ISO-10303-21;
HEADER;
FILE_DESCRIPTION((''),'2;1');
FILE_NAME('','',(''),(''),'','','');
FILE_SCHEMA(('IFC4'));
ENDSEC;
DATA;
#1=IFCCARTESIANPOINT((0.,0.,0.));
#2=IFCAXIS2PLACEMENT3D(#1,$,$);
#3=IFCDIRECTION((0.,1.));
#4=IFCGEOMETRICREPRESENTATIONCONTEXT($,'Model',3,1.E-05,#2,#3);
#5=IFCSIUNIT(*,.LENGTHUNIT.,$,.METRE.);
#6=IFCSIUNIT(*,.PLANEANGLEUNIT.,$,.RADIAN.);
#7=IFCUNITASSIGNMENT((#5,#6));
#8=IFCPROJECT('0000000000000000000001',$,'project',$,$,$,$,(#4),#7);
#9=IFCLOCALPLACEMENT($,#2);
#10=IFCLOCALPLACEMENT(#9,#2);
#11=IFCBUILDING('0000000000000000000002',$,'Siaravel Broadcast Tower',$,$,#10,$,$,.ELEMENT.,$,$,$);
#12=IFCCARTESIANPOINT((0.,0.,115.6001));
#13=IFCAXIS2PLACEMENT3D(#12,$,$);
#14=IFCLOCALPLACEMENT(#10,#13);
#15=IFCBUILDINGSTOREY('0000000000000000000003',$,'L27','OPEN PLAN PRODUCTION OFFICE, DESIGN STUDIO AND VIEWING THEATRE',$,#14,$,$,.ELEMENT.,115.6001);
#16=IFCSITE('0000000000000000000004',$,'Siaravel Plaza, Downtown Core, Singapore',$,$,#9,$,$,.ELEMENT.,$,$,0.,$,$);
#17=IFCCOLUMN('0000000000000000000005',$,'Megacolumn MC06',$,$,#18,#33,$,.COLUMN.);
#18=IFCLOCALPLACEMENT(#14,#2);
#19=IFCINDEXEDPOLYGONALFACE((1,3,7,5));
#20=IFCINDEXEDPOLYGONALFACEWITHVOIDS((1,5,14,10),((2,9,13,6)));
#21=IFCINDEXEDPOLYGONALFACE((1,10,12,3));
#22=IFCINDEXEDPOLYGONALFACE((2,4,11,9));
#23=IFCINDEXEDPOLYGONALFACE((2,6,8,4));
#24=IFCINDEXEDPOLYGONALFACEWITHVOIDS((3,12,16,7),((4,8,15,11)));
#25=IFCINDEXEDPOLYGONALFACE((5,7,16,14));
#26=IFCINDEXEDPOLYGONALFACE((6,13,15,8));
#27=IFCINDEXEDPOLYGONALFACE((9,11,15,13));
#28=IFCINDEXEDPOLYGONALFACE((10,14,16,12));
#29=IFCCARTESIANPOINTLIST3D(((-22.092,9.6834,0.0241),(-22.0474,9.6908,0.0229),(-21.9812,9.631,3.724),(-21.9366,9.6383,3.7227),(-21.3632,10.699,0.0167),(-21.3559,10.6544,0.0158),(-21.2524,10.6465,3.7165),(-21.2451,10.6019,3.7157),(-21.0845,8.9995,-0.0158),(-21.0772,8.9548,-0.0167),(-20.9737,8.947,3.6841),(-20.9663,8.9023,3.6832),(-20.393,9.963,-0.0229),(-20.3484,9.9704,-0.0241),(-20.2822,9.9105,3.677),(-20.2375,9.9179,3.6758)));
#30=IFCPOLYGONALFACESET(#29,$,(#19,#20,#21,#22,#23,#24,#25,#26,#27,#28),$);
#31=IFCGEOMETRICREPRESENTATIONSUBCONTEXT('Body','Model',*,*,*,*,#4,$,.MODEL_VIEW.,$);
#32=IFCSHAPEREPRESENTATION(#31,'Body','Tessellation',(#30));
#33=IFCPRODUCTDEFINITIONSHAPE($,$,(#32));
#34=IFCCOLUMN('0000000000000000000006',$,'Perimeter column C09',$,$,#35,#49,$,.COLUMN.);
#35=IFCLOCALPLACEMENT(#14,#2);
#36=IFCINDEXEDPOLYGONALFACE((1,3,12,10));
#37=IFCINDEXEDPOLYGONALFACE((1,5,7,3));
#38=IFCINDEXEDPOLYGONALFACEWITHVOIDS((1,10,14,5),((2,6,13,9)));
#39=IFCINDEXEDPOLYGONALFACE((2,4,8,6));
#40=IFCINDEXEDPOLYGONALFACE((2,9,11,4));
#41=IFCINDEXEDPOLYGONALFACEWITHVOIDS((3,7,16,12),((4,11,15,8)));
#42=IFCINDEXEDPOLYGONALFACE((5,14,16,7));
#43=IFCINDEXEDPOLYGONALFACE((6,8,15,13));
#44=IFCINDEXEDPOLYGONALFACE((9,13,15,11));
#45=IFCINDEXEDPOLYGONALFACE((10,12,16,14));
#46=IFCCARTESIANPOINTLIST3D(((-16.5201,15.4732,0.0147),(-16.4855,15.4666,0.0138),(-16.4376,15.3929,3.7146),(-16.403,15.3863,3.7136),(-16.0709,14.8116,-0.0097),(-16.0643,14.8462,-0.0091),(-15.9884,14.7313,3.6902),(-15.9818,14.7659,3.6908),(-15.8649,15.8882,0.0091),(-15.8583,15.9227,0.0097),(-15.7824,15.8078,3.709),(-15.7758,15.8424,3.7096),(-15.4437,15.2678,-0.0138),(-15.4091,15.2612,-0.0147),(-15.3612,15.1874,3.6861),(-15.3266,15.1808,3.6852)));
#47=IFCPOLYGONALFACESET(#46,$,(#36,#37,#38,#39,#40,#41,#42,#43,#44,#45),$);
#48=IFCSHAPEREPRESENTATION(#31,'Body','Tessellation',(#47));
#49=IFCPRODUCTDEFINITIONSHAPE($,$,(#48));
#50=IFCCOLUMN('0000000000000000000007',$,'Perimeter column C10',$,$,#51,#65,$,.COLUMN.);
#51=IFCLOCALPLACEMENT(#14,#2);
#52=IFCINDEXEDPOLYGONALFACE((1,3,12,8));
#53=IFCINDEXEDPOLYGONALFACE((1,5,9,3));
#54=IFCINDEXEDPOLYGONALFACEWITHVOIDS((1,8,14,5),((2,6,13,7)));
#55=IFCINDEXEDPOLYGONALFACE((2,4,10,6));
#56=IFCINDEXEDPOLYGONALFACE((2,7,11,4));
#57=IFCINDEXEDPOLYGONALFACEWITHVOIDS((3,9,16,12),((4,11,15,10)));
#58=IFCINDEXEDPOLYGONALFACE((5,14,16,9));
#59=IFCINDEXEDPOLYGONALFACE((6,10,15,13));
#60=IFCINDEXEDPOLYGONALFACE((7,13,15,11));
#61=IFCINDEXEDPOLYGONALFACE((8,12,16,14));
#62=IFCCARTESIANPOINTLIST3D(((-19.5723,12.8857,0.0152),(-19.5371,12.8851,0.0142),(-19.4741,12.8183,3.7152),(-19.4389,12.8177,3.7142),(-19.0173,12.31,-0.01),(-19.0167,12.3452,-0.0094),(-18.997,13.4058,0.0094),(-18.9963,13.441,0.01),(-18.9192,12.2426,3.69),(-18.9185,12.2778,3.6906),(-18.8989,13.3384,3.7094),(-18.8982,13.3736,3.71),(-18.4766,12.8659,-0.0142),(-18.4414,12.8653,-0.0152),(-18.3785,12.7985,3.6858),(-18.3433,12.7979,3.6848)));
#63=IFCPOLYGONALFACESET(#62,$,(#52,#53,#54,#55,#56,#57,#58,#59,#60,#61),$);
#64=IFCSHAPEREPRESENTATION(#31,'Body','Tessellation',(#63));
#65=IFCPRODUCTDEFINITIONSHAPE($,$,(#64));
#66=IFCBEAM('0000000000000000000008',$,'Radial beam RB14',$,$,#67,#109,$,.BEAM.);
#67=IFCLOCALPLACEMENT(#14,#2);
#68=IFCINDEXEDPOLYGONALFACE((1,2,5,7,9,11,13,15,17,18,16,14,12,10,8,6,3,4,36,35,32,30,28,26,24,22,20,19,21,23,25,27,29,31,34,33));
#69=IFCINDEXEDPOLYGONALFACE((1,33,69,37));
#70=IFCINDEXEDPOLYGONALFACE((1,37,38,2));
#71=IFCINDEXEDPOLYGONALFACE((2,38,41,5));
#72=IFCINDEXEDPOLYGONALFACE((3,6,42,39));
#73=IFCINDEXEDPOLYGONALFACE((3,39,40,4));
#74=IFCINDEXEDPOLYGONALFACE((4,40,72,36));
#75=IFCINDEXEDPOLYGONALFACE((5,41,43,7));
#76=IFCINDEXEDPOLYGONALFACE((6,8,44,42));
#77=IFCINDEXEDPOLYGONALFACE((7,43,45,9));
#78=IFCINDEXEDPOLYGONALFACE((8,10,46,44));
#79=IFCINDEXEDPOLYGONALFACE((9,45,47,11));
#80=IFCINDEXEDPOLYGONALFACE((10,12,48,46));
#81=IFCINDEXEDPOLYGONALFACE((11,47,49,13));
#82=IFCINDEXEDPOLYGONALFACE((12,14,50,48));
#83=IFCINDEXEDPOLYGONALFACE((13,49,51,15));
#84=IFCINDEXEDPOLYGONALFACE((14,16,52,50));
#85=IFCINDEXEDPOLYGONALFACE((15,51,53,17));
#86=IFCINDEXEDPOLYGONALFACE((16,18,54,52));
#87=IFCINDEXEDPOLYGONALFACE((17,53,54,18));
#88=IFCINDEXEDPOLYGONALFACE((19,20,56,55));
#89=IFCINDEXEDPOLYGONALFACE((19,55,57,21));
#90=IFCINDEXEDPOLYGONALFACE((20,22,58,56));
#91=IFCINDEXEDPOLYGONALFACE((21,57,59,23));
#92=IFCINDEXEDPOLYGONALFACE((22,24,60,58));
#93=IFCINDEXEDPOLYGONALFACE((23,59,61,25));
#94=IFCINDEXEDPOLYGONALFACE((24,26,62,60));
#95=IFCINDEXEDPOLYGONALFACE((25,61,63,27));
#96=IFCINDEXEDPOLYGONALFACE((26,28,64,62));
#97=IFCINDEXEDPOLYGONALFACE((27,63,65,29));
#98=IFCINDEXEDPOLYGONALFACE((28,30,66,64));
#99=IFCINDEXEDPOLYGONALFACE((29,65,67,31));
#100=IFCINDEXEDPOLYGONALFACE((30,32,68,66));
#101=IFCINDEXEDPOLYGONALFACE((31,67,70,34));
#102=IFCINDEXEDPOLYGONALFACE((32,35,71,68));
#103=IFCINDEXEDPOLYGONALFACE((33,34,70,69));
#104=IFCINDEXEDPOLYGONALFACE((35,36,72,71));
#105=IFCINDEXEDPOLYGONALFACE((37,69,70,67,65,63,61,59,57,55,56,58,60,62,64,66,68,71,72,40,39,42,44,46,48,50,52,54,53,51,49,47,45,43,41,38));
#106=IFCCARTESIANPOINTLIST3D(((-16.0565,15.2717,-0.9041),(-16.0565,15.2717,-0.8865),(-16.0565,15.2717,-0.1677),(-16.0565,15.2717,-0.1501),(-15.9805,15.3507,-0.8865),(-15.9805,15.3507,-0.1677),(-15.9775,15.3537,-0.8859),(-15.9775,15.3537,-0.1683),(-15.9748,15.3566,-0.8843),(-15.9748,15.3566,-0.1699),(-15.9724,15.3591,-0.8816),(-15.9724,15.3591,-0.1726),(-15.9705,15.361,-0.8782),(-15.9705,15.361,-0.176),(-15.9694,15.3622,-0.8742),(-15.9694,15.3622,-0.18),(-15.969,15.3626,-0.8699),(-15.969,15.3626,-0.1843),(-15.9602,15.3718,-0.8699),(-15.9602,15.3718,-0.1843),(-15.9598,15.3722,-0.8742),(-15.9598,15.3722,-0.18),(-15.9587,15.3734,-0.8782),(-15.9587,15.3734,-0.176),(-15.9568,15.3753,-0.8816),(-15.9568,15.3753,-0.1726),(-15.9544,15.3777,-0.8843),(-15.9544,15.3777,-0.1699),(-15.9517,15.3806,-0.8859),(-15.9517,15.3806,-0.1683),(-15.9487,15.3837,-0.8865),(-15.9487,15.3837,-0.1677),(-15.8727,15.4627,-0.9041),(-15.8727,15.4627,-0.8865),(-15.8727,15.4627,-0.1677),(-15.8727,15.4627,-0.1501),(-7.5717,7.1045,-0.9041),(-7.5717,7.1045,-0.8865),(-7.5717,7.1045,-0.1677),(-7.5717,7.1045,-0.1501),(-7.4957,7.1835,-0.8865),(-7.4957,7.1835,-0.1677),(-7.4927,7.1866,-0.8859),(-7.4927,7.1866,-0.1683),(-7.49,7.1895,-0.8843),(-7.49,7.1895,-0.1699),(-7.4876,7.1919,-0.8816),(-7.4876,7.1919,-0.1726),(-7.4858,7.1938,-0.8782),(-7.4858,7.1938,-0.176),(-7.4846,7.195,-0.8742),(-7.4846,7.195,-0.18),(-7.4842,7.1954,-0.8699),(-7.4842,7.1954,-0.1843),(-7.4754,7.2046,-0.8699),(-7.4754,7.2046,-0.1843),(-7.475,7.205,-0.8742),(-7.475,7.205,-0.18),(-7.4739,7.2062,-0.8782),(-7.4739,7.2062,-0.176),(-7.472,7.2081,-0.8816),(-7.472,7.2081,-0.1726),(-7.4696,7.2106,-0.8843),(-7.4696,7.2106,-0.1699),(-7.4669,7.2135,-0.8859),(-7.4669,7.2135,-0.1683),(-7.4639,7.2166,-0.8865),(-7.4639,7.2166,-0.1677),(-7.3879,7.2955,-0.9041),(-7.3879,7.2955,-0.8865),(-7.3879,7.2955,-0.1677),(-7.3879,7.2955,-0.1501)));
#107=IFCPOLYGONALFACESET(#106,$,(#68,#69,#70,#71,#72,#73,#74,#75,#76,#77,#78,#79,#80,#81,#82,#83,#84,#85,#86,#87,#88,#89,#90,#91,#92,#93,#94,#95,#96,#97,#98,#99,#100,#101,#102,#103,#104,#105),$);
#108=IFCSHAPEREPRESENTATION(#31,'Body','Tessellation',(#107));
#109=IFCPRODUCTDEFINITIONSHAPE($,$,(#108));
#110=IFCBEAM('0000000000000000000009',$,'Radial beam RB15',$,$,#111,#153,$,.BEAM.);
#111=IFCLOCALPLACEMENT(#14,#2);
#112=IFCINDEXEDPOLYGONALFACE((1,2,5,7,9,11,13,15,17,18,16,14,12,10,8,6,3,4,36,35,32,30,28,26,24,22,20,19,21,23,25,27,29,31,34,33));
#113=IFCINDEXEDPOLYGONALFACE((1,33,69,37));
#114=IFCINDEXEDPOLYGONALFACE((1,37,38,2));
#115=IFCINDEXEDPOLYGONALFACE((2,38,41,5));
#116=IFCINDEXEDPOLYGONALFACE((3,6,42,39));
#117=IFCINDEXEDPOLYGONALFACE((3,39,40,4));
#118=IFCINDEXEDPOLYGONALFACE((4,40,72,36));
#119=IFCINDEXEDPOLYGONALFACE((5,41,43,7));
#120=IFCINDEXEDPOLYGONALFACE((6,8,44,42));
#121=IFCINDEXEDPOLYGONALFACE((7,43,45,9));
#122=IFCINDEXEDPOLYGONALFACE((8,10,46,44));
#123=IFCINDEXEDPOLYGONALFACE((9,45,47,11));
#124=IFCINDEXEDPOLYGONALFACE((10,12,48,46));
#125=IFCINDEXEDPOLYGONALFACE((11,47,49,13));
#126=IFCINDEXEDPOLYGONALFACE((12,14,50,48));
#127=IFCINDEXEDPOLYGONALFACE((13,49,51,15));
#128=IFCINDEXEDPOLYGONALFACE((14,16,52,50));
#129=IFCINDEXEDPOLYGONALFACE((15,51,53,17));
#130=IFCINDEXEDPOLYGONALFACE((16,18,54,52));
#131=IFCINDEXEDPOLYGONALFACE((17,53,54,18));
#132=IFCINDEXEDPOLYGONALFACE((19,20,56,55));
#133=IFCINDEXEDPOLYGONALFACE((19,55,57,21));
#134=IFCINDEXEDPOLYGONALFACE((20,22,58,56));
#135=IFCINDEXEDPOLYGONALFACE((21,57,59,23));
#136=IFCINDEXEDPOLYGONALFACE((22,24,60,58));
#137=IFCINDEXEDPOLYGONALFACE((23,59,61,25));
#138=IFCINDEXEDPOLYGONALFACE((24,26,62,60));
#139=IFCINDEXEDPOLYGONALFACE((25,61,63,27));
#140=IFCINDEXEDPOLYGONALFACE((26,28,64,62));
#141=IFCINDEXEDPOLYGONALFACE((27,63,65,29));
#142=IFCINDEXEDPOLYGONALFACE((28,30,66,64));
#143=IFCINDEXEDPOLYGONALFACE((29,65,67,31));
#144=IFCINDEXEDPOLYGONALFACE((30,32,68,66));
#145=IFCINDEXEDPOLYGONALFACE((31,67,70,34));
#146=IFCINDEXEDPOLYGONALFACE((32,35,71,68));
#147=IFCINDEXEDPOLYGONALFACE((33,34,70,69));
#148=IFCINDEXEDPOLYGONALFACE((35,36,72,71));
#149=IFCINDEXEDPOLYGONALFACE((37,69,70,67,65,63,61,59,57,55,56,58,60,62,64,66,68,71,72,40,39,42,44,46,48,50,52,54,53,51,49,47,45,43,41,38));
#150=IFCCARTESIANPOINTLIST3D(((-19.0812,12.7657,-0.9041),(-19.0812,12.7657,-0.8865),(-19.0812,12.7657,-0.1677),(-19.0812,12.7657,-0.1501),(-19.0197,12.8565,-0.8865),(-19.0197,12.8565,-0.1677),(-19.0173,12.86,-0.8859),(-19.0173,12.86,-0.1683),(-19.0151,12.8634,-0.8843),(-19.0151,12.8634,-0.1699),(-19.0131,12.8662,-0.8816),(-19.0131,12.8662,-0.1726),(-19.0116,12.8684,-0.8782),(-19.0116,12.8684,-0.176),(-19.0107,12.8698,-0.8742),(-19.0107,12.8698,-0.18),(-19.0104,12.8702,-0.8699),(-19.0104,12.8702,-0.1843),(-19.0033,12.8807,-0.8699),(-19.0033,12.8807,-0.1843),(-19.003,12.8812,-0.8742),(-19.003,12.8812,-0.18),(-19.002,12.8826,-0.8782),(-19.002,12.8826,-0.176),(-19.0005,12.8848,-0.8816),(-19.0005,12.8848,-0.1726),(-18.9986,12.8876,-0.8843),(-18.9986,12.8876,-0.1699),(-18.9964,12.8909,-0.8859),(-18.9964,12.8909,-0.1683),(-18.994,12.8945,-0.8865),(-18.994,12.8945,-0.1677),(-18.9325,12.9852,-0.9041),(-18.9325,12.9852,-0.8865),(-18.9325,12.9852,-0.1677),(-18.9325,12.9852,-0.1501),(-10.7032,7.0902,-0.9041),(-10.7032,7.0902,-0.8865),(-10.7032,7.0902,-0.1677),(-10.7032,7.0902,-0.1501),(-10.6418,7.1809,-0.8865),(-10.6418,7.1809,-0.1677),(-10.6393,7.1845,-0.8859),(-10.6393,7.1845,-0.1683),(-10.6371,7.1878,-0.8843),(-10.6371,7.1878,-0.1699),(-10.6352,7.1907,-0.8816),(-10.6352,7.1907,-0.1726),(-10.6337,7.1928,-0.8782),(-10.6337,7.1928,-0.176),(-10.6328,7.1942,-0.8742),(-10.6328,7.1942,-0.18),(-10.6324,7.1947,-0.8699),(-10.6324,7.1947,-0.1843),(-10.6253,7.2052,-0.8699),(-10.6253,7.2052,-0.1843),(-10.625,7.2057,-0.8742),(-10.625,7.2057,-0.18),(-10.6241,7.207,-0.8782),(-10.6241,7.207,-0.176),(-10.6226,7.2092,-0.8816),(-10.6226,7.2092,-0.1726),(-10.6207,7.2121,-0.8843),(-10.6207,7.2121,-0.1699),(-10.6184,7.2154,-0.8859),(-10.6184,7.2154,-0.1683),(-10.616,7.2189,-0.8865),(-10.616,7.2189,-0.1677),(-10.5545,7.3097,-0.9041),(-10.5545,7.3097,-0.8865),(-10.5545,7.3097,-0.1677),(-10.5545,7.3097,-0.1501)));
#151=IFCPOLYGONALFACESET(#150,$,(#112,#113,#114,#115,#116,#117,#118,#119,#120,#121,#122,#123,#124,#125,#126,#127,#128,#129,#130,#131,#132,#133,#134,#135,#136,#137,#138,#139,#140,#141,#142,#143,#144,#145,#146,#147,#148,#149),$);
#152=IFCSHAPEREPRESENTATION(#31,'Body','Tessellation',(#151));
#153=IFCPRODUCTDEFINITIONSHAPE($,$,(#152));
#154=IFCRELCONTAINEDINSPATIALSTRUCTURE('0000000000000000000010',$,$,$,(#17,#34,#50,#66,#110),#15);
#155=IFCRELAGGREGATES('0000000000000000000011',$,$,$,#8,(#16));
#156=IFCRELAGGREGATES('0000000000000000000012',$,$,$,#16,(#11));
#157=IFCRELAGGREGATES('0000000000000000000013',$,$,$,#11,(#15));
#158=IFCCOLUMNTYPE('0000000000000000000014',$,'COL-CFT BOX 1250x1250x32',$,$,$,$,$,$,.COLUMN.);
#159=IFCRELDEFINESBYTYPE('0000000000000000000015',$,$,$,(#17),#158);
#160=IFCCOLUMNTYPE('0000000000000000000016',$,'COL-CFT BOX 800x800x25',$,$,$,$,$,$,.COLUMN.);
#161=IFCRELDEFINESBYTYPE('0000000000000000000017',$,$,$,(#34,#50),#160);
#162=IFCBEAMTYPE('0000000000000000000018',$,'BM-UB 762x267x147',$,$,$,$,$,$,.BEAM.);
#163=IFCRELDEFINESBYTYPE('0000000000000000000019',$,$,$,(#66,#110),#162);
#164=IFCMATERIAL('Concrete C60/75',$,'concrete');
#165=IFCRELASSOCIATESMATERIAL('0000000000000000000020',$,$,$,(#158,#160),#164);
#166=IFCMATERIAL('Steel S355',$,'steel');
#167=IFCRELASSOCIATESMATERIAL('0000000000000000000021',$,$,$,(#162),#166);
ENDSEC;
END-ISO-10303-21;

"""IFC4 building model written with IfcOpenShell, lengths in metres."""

from ifc_helpers import new_model, si_unit, direction, frame, origin, origin_2d, place, context, subcontext, project, spatial, hollow_rectangle, i_section, extrude, material, material_profile, profile_set, type_object, element, save


model = new_model("IFC4")

# Units and contexts
model_context = context("Model", 3, precision=1e-05, world=origin(), true_north=direction((0.0, 1.0)))
body_context = subcontext(model_context, "Body", "Model", "MODEL_VIEW")
ifc_project = project(units=[si_unit("LENGTHUNIT", "METRE"), si_unit("PLANEANGLEUNIT", "RADIAN")], contexts=[model_context])

# Site, building, storey
site_placement = place(None, origin())
site = spatial("IfcSite", under=ifc_project, at=site_placement, Name="Siaravel Plaza, Downtown Core, Singapore", CompositionType="ELEMENT", RefElevation=0.0)
building_placement = place(site_placement, origin())
building = spatial("IfcBuilding", under=site, at=building_placement, Name="Siaravel Broadcast Tower", CompositionType="ELEMENT")
storey_placement = place(building_placement, frame((0.0, 0.0, 115.6001)))
storey = spatial("IfcBuildingStorey", under=building, at=storey_placement, Name="L27", Description="OPEN PLAN PRODUCTION OFFICE, DESIGN STUDIO AND VIEWING THEATRE", CompositionType="ELEMENT", Elevation=115.6001)

# Columns
ifc_material_1 = material(Name="Concrete C60/75", Category="concrete")
ifc_material_profile_1 = material_profile(ifc_material_1, hollow_rectangle(XDim=1.25, YDim=1.25, WallThickness=0.032, at=origin_2d()))
ifc_profile_set_1 = profile_set([ifc_material_profile_1], Name="Concrete C60/75")
column_type_1 = type_object("IfcColumnType", Name="COL-CFT BOX 1250x1250x32", PredefinedType="COLUMN", material=ifc_profile_set_1)
column_1_placement = place(storey_placement, frame((-21.2202, 9.8269, 0.0), z_axis=(0.029941, -0.014179, 0.999451), x_axis=(0.583038, 0.812423, -0.00594)))
element("IfcColumn", 1, at=column_1_placement, inside=storey, type_object=column_type_1, Name="Megacolumn MC06", PredefinedType="COLUMN", context=body_context, shape_type="SweptSolid", body=[
    extrude(hollow_rectangle(XDim=1.25, YDim=1.25, WallThickness=0.032, at=origin_2d()), origin(), (0.0, 0.0, 1.0), 3.7019),
])
ifc_material_profile_2 = material_profile(ifc_material_1, hollow_rectangle(XDim=0.8, YDim=0.8, WallThickness=0.0249, at=origin_2d()))
ifc_profile_set_2 = profile_set([ifc_material_profile_2], Name="Concrete C60/75")
column_type_2 = type_object("IfcColumnType", Name="COL-CFT BOX 800x800x25", PredefinedType="COLUMN", material=ifc_profile_set_2)
column_2_placement = place(storey_placement, frame((-15.9646, 15.3672, 0.0), z_axis=(0.022292, -0.021698, 0.999516), x_axis=(0.827187, 0.561892, -0.006251)))
element("IfcColumn", 2, at=column_2_placement, inside=storey, type_object=column_type_2, Name="Perimeter column C09", PredefinedType="COLUMN", context=body_context, shape_type="SweptSolid", body=[
    extrude(hollow_rectangle(XDim=0.8, YDim=0.8, WallThickness=0.0249, at=origin_2d()), origin(), (0.0, 0.0, 1.0), 3.7017),
])
column_3_placement = place(storey_placement, frame((-19.0068, 12.8755, 0.0), z_axis=(0.026512, -0.018202, 0.999483), x_axis=(0.719851, 0.694099, -0.006454)))
element("IfcColumn", 3, at=column_3_placement, inside=storey, type_object=column_type_2, Name="Perimeter column C10", PredefinedType="COLUMN", context=body_context, shape_type="SweptSolid", body=[
    extrude(hollow_rectangle(XDim=0.8, YDim=0.8, WallThickness=0.0249, at=origin_2d()), origin(), (0.0, 0.0, 1.0), 3.7019),
])

# Beams
ifc_material_2 = material(Name="Steel S355", Category="steel")
ifc_material_profile_3 = material_profile(ifc_material_2, i_section(OverallWidth=0.2651, OverallDepth=0.7539, WebThickness=0.0127, FlangeThickness=0.0176, FilletRadius=0.0166, at=origin_2d()))
ifc_profile_set_3 = profile_set([ifc_material_profile_3], Name="Steel S355")
beam_type = type_object("IfcBeamType", Name="BM-UB 762x267x147", PredefinedType="BEAM", material=ifc_profile_set_3)
beam_1_placement = place(storey_placement, frame((-15.9646, 15.3672, -0.5271), z_axis=(0.720463, -0.693493, 0.0), x_axis=(0.693493, 0.720463, 0.0)))
element("IfcBeam", 4, at=beam_1_placement, inside=storey, type_object=beam_type, Name="Radial beam RB14", PredefinedType="BEAM", context=body_context, shape_type="SweptSolid", body=[
    extrude(i_section(OverallWidth=0.2651, OverallDepth=0.7539, WebThickness=0.0127, FlangeThickness=0.0176, FilletRadius=0.0166, at=origin_2d()), origin(), (0.0, 0.0, 1.0), 11.7769),
])
beam_2_placement = place(storey_placement, frame((-19.0068, 12.8755, -0.5271), z_axis=(0.827911, -0.560859, 0.0), x_axis=(0.560859, 0.827911, 0.0)))
element("IfcBeam", 5, at=beam_2_placement, inside=storey, type_object=beam_type, Name="Radial beam RB15", PredefinedType="BEAM", context=body_context, shape_type="SweptSolid", body=[
    extrude(i_section(OverallWidth=0.2651, OverallDepth=0.7539, WebThickness=0.0127, FlangeThickness=0.0176, FilletRadius=0.0166, at=origin_2d()), origin(), (0.0, 0.0, 1.0), 10.1194),
])

save(model, "model.ifc")
